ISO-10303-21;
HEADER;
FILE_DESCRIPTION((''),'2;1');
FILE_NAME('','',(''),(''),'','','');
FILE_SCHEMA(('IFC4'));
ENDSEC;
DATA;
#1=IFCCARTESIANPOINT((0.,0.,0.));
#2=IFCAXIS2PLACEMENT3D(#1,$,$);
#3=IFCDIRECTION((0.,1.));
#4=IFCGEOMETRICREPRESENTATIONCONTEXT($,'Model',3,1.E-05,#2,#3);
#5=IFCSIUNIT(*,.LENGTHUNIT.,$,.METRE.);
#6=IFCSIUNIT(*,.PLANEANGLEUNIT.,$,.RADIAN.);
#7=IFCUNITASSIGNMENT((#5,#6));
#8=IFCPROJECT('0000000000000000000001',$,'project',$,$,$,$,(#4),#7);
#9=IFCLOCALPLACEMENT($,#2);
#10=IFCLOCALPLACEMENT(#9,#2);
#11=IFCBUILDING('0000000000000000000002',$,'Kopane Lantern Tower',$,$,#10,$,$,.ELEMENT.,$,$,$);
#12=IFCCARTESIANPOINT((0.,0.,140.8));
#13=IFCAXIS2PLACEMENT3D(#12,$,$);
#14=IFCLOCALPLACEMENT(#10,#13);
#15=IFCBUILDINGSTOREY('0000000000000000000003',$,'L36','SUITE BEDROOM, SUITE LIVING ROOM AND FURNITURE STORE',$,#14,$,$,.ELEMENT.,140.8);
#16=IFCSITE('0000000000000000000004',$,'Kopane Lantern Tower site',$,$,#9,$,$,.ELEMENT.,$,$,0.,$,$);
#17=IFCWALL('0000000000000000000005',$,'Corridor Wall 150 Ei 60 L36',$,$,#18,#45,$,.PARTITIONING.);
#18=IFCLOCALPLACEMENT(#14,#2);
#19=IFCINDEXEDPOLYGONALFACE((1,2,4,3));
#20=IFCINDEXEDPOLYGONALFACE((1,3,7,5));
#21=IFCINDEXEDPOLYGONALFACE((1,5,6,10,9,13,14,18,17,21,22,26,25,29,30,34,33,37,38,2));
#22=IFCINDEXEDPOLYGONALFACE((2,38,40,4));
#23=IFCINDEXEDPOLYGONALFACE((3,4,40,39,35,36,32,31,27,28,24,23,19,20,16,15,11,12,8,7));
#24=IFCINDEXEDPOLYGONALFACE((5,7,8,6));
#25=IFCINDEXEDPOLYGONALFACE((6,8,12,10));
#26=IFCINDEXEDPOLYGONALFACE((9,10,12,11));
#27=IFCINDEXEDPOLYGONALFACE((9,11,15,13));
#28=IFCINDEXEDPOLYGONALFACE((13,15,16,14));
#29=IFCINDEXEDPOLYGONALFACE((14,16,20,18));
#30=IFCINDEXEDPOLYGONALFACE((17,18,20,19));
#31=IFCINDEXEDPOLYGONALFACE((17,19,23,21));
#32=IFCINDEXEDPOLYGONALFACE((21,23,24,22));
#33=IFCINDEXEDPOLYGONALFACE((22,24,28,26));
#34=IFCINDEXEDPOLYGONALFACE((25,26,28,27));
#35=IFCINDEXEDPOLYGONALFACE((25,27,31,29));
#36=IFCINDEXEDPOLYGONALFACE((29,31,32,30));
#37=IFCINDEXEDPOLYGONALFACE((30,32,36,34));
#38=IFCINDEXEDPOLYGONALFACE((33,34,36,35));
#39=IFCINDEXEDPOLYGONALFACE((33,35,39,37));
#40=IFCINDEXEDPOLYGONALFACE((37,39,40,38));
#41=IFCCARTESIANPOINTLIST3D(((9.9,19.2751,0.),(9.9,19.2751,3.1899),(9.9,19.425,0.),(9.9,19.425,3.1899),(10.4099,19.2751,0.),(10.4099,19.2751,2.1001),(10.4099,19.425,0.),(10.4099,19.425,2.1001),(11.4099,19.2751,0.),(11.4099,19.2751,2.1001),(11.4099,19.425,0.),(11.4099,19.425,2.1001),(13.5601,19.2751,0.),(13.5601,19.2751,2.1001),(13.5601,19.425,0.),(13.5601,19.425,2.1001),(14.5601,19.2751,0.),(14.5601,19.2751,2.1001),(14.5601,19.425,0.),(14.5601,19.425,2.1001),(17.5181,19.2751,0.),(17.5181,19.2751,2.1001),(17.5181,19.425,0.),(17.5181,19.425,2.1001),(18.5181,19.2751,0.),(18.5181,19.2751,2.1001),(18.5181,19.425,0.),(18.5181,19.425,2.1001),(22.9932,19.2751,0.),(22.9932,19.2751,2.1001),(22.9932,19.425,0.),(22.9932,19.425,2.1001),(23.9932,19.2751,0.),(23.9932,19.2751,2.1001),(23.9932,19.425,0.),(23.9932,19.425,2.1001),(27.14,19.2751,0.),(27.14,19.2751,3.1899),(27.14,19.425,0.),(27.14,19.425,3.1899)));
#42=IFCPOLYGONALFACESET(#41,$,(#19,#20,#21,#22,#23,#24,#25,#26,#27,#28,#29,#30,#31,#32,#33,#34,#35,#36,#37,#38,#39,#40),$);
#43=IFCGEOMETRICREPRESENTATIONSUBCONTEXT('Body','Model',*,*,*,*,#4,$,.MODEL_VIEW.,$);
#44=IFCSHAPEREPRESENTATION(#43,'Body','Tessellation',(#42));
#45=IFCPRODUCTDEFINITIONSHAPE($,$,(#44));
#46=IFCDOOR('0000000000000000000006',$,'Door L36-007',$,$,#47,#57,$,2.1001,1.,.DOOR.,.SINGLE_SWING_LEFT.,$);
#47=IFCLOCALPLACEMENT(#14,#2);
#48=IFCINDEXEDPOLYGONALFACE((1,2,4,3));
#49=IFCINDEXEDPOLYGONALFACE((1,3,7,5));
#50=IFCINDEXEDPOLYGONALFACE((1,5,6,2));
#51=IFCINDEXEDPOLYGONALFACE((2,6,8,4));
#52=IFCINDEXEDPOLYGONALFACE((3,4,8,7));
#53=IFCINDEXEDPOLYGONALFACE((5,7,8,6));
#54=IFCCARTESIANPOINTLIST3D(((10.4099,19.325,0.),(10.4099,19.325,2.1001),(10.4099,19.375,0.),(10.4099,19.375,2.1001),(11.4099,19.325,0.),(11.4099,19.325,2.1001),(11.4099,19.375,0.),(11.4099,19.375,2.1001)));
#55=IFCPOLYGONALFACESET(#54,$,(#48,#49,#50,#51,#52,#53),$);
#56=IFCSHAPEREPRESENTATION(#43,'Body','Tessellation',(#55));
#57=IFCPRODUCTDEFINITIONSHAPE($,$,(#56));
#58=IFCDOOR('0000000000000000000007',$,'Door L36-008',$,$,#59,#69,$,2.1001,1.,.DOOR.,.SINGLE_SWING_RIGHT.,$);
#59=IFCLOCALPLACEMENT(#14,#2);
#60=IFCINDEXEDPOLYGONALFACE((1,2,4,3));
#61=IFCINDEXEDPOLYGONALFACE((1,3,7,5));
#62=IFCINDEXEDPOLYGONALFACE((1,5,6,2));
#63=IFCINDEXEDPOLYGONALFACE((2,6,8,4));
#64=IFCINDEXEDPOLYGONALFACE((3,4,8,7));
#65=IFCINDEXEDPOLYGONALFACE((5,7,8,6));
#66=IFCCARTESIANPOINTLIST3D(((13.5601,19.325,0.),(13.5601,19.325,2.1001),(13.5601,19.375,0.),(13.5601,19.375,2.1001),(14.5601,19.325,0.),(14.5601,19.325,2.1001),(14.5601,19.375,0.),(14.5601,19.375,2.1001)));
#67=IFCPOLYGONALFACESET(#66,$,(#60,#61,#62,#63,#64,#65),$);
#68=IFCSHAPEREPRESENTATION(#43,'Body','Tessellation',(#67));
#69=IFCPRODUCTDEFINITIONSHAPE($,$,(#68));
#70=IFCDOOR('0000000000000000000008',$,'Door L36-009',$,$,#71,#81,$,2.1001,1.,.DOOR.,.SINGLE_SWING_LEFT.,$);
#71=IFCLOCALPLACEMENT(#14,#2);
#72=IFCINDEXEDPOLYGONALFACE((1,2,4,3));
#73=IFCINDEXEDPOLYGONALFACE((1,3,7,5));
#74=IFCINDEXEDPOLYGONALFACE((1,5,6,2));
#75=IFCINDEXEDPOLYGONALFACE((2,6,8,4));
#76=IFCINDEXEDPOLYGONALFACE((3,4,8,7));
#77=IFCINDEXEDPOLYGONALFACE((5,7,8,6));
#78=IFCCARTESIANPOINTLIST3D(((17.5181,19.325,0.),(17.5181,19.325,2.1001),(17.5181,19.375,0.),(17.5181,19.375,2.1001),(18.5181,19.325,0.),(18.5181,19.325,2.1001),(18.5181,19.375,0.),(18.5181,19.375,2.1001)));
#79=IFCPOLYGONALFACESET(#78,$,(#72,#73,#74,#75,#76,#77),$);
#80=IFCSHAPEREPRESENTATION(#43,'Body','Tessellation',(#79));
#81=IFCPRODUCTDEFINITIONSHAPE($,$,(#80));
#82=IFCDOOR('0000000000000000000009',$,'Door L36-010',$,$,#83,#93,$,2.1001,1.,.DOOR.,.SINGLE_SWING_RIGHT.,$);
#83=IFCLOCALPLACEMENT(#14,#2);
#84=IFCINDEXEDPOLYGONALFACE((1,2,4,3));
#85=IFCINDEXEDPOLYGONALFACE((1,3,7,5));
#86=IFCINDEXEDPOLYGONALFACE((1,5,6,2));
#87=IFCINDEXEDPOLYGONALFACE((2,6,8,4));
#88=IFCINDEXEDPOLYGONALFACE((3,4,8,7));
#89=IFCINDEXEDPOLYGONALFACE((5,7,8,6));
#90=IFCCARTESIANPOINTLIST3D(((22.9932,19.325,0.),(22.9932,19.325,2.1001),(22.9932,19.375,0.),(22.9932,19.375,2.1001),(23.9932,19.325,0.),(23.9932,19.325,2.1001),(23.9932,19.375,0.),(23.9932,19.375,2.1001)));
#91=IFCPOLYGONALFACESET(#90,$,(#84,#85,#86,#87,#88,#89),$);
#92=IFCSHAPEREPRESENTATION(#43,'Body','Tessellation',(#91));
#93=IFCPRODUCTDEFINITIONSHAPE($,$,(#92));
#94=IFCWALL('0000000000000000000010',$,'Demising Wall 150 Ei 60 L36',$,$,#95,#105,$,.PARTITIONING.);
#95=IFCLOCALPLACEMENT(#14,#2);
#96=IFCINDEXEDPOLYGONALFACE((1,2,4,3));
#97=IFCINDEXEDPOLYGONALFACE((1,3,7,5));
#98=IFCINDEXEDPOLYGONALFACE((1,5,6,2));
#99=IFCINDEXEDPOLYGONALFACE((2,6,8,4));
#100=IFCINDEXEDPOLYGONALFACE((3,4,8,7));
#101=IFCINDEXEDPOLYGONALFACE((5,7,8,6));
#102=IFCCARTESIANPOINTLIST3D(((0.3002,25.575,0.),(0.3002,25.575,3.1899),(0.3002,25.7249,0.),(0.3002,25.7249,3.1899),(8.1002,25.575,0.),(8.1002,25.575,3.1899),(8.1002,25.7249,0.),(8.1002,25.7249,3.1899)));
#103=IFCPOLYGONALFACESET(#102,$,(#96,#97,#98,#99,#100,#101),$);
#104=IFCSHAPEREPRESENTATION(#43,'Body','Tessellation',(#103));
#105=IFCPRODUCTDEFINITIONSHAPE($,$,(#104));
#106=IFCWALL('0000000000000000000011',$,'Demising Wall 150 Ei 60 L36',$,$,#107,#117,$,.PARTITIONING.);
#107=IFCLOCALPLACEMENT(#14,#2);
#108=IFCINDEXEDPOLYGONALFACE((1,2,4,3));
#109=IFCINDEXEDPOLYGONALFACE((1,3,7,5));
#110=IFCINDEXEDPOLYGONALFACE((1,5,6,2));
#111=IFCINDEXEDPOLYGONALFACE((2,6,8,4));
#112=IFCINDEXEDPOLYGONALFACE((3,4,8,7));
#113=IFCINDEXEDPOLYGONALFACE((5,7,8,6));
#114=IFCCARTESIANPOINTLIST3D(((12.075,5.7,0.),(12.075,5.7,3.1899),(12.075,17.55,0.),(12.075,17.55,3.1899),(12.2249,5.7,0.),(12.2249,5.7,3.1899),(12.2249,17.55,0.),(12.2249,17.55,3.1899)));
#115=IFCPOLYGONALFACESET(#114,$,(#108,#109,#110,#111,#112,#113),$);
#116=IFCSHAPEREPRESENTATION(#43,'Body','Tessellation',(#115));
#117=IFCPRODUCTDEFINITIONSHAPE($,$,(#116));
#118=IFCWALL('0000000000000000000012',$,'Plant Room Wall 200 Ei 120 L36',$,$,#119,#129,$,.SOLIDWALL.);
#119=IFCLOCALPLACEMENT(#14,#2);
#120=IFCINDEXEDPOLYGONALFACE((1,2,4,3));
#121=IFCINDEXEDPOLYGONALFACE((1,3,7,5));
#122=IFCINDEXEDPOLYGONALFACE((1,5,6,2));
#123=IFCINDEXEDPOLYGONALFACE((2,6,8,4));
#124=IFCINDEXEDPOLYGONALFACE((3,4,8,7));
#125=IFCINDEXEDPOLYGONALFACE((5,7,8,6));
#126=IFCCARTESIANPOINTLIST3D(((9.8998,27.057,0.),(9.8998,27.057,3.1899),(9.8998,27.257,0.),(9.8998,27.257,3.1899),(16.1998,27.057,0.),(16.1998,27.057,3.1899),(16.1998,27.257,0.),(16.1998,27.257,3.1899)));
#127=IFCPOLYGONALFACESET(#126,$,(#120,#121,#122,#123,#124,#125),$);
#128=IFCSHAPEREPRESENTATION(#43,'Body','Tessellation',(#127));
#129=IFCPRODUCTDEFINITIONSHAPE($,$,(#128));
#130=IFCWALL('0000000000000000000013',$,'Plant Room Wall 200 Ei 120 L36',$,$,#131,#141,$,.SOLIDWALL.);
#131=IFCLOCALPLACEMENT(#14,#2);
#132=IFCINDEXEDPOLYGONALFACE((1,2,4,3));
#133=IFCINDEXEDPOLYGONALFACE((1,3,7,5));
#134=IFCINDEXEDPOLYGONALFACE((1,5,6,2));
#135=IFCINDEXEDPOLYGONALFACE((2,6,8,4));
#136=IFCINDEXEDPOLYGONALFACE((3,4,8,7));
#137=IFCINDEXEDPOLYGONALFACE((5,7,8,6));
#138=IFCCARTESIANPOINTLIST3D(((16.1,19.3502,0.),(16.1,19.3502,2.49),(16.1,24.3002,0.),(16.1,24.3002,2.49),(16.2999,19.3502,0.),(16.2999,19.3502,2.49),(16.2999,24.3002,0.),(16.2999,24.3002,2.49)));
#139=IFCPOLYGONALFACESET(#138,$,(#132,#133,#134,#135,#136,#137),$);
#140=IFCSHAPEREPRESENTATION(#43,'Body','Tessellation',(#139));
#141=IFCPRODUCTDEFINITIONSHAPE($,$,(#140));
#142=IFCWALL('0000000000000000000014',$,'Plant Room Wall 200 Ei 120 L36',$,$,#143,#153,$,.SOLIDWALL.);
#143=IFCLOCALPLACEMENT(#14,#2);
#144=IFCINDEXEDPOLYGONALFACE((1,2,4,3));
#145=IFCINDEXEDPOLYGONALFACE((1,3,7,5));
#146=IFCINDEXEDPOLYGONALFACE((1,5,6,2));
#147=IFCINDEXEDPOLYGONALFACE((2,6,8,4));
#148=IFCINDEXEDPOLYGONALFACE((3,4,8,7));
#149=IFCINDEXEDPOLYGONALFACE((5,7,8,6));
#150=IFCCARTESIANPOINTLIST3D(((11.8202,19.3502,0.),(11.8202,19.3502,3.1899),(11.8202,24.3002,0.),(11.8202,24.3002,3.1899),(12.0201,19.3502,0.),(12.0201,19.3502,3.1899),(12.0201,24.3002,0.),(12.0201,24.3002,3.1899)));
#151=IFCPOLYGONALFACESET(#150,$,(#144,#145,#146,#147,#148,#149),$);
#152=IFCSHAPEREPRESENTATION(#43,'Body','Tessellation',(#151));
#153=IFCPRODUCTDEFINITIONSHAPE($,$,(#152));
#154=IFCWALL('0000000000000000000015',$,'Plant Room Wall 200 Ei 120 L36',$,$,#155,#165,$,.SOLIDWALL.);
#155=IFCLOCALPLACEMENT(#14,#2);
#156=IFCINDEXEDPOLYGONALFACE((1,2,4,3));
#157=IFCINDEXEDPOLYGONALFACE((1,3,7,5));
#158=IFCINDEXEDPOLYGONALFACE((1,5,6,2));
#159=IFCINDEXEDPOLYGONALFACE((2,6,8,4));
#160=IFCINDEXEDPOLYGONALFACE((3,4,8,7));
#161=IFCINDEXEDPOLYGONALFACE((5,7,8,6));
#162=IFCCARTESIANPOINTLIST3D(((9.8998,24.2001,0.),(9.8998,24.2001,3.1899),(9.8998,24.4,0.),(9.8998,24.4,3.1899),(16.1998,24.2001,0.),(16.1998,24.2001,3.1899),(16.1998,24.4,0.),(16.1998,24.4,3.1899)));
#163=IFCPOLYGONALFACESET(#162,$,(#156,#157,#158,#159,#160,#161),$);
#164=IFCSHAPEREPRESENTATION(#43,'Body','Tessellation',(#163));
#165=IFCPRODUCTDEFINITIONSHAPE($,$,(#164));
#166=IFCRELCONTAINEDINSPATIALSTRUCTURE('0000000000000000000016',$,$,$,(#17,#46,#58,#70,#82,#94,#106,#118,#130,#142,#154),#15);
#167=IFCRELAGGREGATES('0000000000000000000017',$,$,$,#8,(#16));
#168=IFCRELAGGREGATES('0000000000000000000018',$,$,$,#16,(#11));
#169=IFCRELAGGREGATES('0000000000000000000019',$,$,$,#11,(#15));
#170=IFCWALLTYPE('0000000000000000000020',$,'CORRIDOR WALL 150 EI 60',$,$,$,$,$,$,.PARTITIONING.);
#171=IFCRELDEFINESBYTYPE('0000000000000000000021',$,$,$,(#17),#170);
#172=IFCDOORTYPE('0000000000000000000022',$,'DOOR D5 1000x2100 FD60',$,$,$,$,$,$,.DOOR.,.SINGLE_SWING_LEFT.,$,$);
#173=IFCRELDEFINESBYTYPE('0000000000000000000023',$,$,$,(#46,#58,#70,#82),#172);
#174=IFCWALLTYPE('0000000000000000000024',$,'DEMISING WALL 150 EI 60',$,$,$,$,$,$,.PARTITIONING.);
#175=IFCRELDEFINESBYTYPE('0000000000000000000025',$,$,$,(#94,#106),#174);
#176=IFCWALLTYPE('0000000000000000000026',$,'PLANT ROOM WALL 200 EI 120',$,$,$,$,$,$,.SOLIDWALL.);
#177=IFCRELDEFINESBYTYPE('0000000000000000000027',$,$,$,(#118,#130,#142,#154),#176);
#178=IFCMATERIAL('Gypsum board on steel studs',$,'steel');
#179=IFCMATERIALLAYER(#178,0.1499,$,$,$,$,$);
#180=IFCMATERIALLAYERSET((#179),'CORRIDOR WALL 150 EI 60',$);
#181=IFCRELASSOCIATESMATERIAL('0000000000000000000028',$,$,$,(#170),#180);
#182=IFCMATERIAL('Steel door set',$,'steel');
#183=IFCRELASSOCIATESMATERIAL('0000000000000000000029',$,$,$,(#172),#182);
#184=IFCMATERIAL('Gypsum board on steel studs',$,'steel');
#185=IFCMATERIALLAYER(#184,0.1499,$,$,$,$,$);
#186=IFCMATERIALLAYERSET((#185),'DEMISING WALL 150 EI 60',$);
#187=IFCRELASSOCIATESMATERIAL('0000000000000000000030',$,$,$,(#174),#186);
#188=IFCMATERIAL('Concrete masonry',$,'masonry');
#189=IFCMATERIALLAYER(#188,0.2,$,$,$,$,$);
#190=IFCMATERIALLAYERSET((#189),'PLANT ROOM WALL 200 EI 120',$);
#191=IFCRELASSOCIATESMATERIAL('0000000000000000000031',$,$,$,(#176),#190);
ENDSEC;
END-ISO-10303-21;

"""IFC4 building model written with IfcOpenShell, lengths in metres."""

from ifc_helpers import new_model, si_unit, direction, frame, frame_2d, origin, place, context, subcontext, project, spatial, rectangle, extrude, material, layer, layer_set, type_object, element, fill, save


model = new_model("IFC4")

# Units and contexts
model_context = context("Model", 3, precision=1e-05, world=origin(), true_north=direction((0.0, 1.0)))
body_context = subcontext(model_context, "Body", "Model", "MODEL_VIEW")
ifc_project = project(units=[si_unit("LENGTHUNIT", "METRE"), si_unit("PLANEANGLEUNIT", "RADIAN")], contexts=[model_context])

# Site, building, storey
site_placement = place(None, origin())
site = spatial("IfcSite", under=ifc_project, at=site_placement, Name="Kopane Lantern Tower site", CompositionType="ELEMENT", RefElevation=0.0)
building_placement = place(site_placement, origin())
building = spatial("IfcBuilding", under=site, at=building_placement, Name="Kopane Lantern Tower", CompositionType="ELEMENT")
storey_placement = place(building_placement, frame((0.0, 0.0, 140.8)))
storey = spatial("IfcBuildingStorey", under=building, at=storey_placement, Name="L36", Description="SUITE BEDROOM, SUITE LIVING ROOM AND FURNITURE STORE", CompositionType="ELEMENT", Elevation=140.8)

# Wall, openings, doors
ifc_material_1 = material(Name="Gypsum board on steel studs", Category="steel")
ifc_layer_1 = layer(ifc_material_1, 0.1499)
ifc_layer_set_1 = layer_set([ifc_layer_1], Name="CORRIDOR WALL 150 EI 60")
wall_type_1 = type_object("IfcWallType", Name="CORRIDOR WALL 150 EI 60", PredefinedType="PARTITIONING", material=ifc_layer_set_1)
wall_1_placement = place(storey_placement, frame((9.8999, 19.3501, 0.0), z_axis=(0.0, 0.0, 1.0), x_axis=(1.0, 0.0, 0.0)))
wall_1 = element("IfcWall", 1, at=wall_1_placement, inside=storey, type_object=wall_type_1, Name="Corridor Wall 150 Ei 60 L36", PredefinedType="PARTITIONING", context=body_context, shape_type="SweptSolid", body=[
    extrude(rectangle(XDim=17.24, YDim=0.1499, at=frame_2d((8.6201, 0.0))), origin(), (0.0, 0.0, 1.0), 3.1899),
])
opening_1_placement = place(wall_1_placement, frame((0.51, 0.0, 0.0)))
opening_1 = element("IfcOpeningElement", 2, at=opening_1_placement, cuts=wall_1, PredefinedType="OPENING", context=body_context, shape_type="SweptSolid", body=[
    extrude(rectangle(XDim=1.0, YDim=2.1001, at=frame_2d((0.5, 1.05))), frame((0.0, 0.085, 0.0), z_axis=(0.0, -1.0, 0.0), x_axis=(1.0, 0.0, 0.0)), (0.0, 0.0, 1.0), 0.1699),
])
opening_2_placement = place(wall_1_placement, frame((3.6602, 0.0, 0.0)))
opening_2 = element("IfcOpeningElement", 3, at=opening_2_placement, cuts=wall_1, PredefinedType="OPENING", context=body_context, shape_type="SweptSolid", body=[
    extrude(rectangle(XDim=1.0, YDim=2.1001, at=frame_2d((0.5, 1.05))), frame((0.0, 0.085, 0.0), z_axis=(0.0, -1.0, 0.0), x_axis=(1.0, 0.0, 0.0)), (0.0, 0.0, 1.0), 0.1699),
])
opening_3_placement = place(wall_1_placement, frame((7.6182, 0.0, 0.0)))
opening_3 = element("IfcOpeningElement", 4, at=opening_3_placement, cuts=wall_1, PredefinedType="OPENING", context=body_context, shape_type="SweptSolid", body=[
    extrude(rectangle(XDim=1.0, YDim=2.1001, at=frame_2d((0.5, 1.05))), frame((0.0, 0.085, 0.0), z_axis=(0.0, -1.0, 0.0), x_axis=(1.0, 0.0, 0.0)), (0.0, 0.0, 1.0), 0.1699),
])
opening_4_placement = place(wall_1_placement, frame((13.0933, 0.0, 0.0)))
opening_4 = element("IfcOpeningElement", 5, at=opening_4_placement, cuts=wall_1, PredefinedType="OPENING", context=body_context, shape_type="SweptSolid", body=[
    extrude(rectangle(XDim=1.0, YDim=2.1001, at=frame_2d((0.5, 1.05))), frame((0.0, 0.085, 0.0), z_axis=(0.0, -1.0, 0.0), x_axis=(1.0, 0.0, 0.0)), (0.0, 0.0, 1.0), 0.1699),
])
ifc_material_2 = material(Name="Steel door set", Category="steel")
door_type_1 = type_object("IfcDoorType", Name="DOOR D5 1000x2100 FD60", OperationType="SINGLE_SWING_LEFT", PredefinedType="DOOR", material=ifc_material_2)
door_1_placement = place(opening_1_placement, origin())
door_1 = element("IfcDoor", 6, at=door_1_placement, inside=storey, type_object=door_type_1, Name="Door L36-007", OperationType="SINGLE_SWING_LEFT", OverallHeight=2.1001, OverallWidth=1.0, PredefinedType="DOOR", context=body_context, shape_type="SweptSolid", body=[
    extrude(rectangle(XDim=1.0, YDim=2.1001, at=frame_2d((0.5, 1.05))), frame((0.0, 0.0249, 0.0), z_axis=(0.0, -1.0, 0.0), x_axis=(1.0, 0.0, 0.0)), (0.0, 0.0, 1.0), 0.05),
])
fill(opening_1, door_1)
door_2_placement = place(opening_2_placement, origin())
door_2 = element("IfcDoor", 7, at=door_2_placement, inside=storey, type_object=door_type_1, Name="Door L36-008", OperationType="SINGLE_SWING_RIGHT", OverallHeight=2.1001, OverallWidth=1.0, PredefinedType="DOOR", context=body_context, shape_type="SweptSolid", body=[
    extrude(rectangle(XDim=1.0, YDim=2.1001, at=frame_2d((0.5, 1.05))), frame((0.0, 0.0249, 0.0), z_axis=(0.0, -1.0, 0.0), x_axis=(1.0, 0.0, 0.0)), (0.0, 0.0, 1.0), 0.05),
])
fill(opening_2, door_2)
door_3_placement = place(opening_3_placement, origin())
door_3 = element("IfcDoor", 8, at=door_3_placement, inside=storey, type_object=door_type_1, Name="Door L36-009", OperationType="SINGLE_SWING_LEFT", OverallHeight=2.1001, OverallWidth=1.0, PredefinedType="DOOR", context=body_context, shape_type="SweptSolid", body=[
    extrude(rectangle(XDim=1.0, YDim=2.1001, at=frame_2d((0.5, 1.05))), frame((0.0, 0.0249, 0.0), z_axis=(0.0, -1.0, 0.0), x_axis=(1.0, 0.0, 0.0)), (0.0, 0.0, 1.0), 0.05),
])
fill(opening_3, door_3)
door_4_placement = place(opening_4_placement, origin())
door_4 = element("IfcDoor", 9, at=door_4_placement, inside=storey, type_object=door_type_1, Name="Door L36-010", OperationType="SINGLE_SWING_RIGHT", OverallHeight=2.1001, OverallWidth=1.0, PredefinedType="DOOR", context=body_context, shape_type="SweptSolid", body=[
    extrude(rectangle(XDim=1.0, YDim=2.1001, at=frame_2d((0.5, 1.05))), frame((0.0, 0.0249, 0.0), z_axis=(0.0, -1.0, 0.0), x_axis=(1.0, 0.0, 0.0)), (0.0, 0.0, 1.0), 0.05),
])
fill(opening_4, door_4)

# Walls
ifc_material_3 = material(Name="Gypsum board on steel studs", Category="steel")
ifc_layer_2 = layer(ifc_material_3, 0.1499)
ifc_layer_set_2 = layer_set([ifc_layer_2], Name="DEMISING WALL 150 EI 60")
wall_type_2 = type_object("IfcWallType", Name="DEMISING WALL 150 EI 60", PredefinedType="PARTITIONING", material=ifc_layer_set_2)
wall_2_placement = place(storey_placement, frame((8.1001, 25.6499, 0.0), z_axis=(0.0, 0.0, 1.0), x_axis=(-1.0, 0.0, 0.0)))
element("IfcWall", 10, at=wall_2_placement, inside=storey, type_object=wall_type_2, Name="Demising Wall 150 Ei 60 L36", PredefinedType="PARTITIONING", context=body_context, shape_type="SweptSolid", body=[
    extrude(rectangle(XDim=7.8, YDim=0.1499, at=frame_2d((3.8999, 0.0))), origin(), (0.0, 0.0, 1.0), 3.1899),
])
wall_3_placement = place(storey_placement, frame((12.1499, 17.55, 0.0), z_axis=(0.0, 0.0, 1.0), x_axis=(0.0, -1.0, 0.0)))
element("IfcWall", 11, at=wall_3_placement, inside=storey, type_object=wall_type_2, Name="Demising Wall 150 Ei 60 L36", PredefinedType="PARTITIONING", context=body_context, shape_type="SweptSolid", body=[
    extrude(rectangle(XDim=11.8501, YDim=0.1499, at=frame_2d((5.925, 0.0))), origin(), (0.0, 0.0, 1.0), 3.1899),
])
ifc_material_4 = material(Name="Concrete masonry", Category="masonry")
ifc_layer_3 = layer(ifc_material_4, 0.2)
ifc_layer_set_3 = layer_set([ifc_layer_3], Name="PLANT ROOM WALL 200 EI 120")
wall_type_3 = type_object("IfcWallType", Name="PLANT ROOM WALL 200 EI 120", PredefinedType="SOLIDWALL", material=ifc_layer_set_3)
wall_4_placement = place(storey_placement, frame((9.8999, 27.157, 0.0), z_axis=(0.0, 0.0, 1.0), x_axis=(1.0, 0.0, 0.0)))
element("IfcWall", 12, at=wall_4_placement, inside=storey, type_object=wall_type_3, Name="Plant Room Wall 200 Ei 120 L36", PredefinedType="SOLIDWALL", context=body_context, shape_type="SweptSolid", body=[
    extrude(rectangle(XDim=6.3, YDim=0.2, at=frame_2d((3.1499, 0.0))), origin(), (0.0, 0.0, 1.0), 3.1899),
])
wall_5_placement = place(storey_placement, frame((16.2, 19.3501, 0.0), z_axis=(0.0, 0.0, 1.0), x_axis=(0.0, 1.0, 0.0)))
element("IfcWall", 13, at=wall_5_placement, inside=storey, type_object=wall_type_3, Name="Plant Room Wall 200 Ei 120 L36", PredefinedType="SOLIDWALL", context=body_context, shape_type="SweptSolid", body=[
    extrude(rectangle(XDim=4.95, YDim=0.2, at=frame_2d((2.4751, 0.0))), origin(), (0.0, 0.0, 1.0), 2.49),
])
wall_6_placement = place(storey_placement, frame((11.9202, 19.3501, 0.0), z_axis=(0.0, 0.0, 1.0), x_axis=(0.0, 1.0, 0.0)))
element("IfcWall", 14, at=wall_6_placement, inside=storey, type_object=wall_type_3, Name="Plant Room Wall 200 Ei 120 L36", PredefinedType="SOLIDWALL", context=body_context, shape_type="SweptSolid", body=[
    extrude(rectangle(XDim=4.95, YDim=0.2, at=frame_2d((2.4751, 0.0))), origin(), (0.0, 0.0, 1.0), 3.1899),
])
wall_7_placement = place(storey_placement, frame((9.8999, 24.3, 0.0), z_axis=(0.0, 0.0, 1.0), x_axis=(1.0, 0.0, 0.0)))
element("IfcWall", 15, at=wall_7_placement, inside=storey, type_object=wall_type_3, Name="Plant Room Wall 200 Ei 120 L36", PredefinedType="SOLIDWALL", context=body_context, shape_type="SweptSolid", body=[
    extrude(rectangle(XDim=6.3, YDim=0.2, at=frame_2d((3.1499, 0.0))), origin(), (0.0, 0.0, 1.0), 3.1899),
])

save(model, "model.ifc")
